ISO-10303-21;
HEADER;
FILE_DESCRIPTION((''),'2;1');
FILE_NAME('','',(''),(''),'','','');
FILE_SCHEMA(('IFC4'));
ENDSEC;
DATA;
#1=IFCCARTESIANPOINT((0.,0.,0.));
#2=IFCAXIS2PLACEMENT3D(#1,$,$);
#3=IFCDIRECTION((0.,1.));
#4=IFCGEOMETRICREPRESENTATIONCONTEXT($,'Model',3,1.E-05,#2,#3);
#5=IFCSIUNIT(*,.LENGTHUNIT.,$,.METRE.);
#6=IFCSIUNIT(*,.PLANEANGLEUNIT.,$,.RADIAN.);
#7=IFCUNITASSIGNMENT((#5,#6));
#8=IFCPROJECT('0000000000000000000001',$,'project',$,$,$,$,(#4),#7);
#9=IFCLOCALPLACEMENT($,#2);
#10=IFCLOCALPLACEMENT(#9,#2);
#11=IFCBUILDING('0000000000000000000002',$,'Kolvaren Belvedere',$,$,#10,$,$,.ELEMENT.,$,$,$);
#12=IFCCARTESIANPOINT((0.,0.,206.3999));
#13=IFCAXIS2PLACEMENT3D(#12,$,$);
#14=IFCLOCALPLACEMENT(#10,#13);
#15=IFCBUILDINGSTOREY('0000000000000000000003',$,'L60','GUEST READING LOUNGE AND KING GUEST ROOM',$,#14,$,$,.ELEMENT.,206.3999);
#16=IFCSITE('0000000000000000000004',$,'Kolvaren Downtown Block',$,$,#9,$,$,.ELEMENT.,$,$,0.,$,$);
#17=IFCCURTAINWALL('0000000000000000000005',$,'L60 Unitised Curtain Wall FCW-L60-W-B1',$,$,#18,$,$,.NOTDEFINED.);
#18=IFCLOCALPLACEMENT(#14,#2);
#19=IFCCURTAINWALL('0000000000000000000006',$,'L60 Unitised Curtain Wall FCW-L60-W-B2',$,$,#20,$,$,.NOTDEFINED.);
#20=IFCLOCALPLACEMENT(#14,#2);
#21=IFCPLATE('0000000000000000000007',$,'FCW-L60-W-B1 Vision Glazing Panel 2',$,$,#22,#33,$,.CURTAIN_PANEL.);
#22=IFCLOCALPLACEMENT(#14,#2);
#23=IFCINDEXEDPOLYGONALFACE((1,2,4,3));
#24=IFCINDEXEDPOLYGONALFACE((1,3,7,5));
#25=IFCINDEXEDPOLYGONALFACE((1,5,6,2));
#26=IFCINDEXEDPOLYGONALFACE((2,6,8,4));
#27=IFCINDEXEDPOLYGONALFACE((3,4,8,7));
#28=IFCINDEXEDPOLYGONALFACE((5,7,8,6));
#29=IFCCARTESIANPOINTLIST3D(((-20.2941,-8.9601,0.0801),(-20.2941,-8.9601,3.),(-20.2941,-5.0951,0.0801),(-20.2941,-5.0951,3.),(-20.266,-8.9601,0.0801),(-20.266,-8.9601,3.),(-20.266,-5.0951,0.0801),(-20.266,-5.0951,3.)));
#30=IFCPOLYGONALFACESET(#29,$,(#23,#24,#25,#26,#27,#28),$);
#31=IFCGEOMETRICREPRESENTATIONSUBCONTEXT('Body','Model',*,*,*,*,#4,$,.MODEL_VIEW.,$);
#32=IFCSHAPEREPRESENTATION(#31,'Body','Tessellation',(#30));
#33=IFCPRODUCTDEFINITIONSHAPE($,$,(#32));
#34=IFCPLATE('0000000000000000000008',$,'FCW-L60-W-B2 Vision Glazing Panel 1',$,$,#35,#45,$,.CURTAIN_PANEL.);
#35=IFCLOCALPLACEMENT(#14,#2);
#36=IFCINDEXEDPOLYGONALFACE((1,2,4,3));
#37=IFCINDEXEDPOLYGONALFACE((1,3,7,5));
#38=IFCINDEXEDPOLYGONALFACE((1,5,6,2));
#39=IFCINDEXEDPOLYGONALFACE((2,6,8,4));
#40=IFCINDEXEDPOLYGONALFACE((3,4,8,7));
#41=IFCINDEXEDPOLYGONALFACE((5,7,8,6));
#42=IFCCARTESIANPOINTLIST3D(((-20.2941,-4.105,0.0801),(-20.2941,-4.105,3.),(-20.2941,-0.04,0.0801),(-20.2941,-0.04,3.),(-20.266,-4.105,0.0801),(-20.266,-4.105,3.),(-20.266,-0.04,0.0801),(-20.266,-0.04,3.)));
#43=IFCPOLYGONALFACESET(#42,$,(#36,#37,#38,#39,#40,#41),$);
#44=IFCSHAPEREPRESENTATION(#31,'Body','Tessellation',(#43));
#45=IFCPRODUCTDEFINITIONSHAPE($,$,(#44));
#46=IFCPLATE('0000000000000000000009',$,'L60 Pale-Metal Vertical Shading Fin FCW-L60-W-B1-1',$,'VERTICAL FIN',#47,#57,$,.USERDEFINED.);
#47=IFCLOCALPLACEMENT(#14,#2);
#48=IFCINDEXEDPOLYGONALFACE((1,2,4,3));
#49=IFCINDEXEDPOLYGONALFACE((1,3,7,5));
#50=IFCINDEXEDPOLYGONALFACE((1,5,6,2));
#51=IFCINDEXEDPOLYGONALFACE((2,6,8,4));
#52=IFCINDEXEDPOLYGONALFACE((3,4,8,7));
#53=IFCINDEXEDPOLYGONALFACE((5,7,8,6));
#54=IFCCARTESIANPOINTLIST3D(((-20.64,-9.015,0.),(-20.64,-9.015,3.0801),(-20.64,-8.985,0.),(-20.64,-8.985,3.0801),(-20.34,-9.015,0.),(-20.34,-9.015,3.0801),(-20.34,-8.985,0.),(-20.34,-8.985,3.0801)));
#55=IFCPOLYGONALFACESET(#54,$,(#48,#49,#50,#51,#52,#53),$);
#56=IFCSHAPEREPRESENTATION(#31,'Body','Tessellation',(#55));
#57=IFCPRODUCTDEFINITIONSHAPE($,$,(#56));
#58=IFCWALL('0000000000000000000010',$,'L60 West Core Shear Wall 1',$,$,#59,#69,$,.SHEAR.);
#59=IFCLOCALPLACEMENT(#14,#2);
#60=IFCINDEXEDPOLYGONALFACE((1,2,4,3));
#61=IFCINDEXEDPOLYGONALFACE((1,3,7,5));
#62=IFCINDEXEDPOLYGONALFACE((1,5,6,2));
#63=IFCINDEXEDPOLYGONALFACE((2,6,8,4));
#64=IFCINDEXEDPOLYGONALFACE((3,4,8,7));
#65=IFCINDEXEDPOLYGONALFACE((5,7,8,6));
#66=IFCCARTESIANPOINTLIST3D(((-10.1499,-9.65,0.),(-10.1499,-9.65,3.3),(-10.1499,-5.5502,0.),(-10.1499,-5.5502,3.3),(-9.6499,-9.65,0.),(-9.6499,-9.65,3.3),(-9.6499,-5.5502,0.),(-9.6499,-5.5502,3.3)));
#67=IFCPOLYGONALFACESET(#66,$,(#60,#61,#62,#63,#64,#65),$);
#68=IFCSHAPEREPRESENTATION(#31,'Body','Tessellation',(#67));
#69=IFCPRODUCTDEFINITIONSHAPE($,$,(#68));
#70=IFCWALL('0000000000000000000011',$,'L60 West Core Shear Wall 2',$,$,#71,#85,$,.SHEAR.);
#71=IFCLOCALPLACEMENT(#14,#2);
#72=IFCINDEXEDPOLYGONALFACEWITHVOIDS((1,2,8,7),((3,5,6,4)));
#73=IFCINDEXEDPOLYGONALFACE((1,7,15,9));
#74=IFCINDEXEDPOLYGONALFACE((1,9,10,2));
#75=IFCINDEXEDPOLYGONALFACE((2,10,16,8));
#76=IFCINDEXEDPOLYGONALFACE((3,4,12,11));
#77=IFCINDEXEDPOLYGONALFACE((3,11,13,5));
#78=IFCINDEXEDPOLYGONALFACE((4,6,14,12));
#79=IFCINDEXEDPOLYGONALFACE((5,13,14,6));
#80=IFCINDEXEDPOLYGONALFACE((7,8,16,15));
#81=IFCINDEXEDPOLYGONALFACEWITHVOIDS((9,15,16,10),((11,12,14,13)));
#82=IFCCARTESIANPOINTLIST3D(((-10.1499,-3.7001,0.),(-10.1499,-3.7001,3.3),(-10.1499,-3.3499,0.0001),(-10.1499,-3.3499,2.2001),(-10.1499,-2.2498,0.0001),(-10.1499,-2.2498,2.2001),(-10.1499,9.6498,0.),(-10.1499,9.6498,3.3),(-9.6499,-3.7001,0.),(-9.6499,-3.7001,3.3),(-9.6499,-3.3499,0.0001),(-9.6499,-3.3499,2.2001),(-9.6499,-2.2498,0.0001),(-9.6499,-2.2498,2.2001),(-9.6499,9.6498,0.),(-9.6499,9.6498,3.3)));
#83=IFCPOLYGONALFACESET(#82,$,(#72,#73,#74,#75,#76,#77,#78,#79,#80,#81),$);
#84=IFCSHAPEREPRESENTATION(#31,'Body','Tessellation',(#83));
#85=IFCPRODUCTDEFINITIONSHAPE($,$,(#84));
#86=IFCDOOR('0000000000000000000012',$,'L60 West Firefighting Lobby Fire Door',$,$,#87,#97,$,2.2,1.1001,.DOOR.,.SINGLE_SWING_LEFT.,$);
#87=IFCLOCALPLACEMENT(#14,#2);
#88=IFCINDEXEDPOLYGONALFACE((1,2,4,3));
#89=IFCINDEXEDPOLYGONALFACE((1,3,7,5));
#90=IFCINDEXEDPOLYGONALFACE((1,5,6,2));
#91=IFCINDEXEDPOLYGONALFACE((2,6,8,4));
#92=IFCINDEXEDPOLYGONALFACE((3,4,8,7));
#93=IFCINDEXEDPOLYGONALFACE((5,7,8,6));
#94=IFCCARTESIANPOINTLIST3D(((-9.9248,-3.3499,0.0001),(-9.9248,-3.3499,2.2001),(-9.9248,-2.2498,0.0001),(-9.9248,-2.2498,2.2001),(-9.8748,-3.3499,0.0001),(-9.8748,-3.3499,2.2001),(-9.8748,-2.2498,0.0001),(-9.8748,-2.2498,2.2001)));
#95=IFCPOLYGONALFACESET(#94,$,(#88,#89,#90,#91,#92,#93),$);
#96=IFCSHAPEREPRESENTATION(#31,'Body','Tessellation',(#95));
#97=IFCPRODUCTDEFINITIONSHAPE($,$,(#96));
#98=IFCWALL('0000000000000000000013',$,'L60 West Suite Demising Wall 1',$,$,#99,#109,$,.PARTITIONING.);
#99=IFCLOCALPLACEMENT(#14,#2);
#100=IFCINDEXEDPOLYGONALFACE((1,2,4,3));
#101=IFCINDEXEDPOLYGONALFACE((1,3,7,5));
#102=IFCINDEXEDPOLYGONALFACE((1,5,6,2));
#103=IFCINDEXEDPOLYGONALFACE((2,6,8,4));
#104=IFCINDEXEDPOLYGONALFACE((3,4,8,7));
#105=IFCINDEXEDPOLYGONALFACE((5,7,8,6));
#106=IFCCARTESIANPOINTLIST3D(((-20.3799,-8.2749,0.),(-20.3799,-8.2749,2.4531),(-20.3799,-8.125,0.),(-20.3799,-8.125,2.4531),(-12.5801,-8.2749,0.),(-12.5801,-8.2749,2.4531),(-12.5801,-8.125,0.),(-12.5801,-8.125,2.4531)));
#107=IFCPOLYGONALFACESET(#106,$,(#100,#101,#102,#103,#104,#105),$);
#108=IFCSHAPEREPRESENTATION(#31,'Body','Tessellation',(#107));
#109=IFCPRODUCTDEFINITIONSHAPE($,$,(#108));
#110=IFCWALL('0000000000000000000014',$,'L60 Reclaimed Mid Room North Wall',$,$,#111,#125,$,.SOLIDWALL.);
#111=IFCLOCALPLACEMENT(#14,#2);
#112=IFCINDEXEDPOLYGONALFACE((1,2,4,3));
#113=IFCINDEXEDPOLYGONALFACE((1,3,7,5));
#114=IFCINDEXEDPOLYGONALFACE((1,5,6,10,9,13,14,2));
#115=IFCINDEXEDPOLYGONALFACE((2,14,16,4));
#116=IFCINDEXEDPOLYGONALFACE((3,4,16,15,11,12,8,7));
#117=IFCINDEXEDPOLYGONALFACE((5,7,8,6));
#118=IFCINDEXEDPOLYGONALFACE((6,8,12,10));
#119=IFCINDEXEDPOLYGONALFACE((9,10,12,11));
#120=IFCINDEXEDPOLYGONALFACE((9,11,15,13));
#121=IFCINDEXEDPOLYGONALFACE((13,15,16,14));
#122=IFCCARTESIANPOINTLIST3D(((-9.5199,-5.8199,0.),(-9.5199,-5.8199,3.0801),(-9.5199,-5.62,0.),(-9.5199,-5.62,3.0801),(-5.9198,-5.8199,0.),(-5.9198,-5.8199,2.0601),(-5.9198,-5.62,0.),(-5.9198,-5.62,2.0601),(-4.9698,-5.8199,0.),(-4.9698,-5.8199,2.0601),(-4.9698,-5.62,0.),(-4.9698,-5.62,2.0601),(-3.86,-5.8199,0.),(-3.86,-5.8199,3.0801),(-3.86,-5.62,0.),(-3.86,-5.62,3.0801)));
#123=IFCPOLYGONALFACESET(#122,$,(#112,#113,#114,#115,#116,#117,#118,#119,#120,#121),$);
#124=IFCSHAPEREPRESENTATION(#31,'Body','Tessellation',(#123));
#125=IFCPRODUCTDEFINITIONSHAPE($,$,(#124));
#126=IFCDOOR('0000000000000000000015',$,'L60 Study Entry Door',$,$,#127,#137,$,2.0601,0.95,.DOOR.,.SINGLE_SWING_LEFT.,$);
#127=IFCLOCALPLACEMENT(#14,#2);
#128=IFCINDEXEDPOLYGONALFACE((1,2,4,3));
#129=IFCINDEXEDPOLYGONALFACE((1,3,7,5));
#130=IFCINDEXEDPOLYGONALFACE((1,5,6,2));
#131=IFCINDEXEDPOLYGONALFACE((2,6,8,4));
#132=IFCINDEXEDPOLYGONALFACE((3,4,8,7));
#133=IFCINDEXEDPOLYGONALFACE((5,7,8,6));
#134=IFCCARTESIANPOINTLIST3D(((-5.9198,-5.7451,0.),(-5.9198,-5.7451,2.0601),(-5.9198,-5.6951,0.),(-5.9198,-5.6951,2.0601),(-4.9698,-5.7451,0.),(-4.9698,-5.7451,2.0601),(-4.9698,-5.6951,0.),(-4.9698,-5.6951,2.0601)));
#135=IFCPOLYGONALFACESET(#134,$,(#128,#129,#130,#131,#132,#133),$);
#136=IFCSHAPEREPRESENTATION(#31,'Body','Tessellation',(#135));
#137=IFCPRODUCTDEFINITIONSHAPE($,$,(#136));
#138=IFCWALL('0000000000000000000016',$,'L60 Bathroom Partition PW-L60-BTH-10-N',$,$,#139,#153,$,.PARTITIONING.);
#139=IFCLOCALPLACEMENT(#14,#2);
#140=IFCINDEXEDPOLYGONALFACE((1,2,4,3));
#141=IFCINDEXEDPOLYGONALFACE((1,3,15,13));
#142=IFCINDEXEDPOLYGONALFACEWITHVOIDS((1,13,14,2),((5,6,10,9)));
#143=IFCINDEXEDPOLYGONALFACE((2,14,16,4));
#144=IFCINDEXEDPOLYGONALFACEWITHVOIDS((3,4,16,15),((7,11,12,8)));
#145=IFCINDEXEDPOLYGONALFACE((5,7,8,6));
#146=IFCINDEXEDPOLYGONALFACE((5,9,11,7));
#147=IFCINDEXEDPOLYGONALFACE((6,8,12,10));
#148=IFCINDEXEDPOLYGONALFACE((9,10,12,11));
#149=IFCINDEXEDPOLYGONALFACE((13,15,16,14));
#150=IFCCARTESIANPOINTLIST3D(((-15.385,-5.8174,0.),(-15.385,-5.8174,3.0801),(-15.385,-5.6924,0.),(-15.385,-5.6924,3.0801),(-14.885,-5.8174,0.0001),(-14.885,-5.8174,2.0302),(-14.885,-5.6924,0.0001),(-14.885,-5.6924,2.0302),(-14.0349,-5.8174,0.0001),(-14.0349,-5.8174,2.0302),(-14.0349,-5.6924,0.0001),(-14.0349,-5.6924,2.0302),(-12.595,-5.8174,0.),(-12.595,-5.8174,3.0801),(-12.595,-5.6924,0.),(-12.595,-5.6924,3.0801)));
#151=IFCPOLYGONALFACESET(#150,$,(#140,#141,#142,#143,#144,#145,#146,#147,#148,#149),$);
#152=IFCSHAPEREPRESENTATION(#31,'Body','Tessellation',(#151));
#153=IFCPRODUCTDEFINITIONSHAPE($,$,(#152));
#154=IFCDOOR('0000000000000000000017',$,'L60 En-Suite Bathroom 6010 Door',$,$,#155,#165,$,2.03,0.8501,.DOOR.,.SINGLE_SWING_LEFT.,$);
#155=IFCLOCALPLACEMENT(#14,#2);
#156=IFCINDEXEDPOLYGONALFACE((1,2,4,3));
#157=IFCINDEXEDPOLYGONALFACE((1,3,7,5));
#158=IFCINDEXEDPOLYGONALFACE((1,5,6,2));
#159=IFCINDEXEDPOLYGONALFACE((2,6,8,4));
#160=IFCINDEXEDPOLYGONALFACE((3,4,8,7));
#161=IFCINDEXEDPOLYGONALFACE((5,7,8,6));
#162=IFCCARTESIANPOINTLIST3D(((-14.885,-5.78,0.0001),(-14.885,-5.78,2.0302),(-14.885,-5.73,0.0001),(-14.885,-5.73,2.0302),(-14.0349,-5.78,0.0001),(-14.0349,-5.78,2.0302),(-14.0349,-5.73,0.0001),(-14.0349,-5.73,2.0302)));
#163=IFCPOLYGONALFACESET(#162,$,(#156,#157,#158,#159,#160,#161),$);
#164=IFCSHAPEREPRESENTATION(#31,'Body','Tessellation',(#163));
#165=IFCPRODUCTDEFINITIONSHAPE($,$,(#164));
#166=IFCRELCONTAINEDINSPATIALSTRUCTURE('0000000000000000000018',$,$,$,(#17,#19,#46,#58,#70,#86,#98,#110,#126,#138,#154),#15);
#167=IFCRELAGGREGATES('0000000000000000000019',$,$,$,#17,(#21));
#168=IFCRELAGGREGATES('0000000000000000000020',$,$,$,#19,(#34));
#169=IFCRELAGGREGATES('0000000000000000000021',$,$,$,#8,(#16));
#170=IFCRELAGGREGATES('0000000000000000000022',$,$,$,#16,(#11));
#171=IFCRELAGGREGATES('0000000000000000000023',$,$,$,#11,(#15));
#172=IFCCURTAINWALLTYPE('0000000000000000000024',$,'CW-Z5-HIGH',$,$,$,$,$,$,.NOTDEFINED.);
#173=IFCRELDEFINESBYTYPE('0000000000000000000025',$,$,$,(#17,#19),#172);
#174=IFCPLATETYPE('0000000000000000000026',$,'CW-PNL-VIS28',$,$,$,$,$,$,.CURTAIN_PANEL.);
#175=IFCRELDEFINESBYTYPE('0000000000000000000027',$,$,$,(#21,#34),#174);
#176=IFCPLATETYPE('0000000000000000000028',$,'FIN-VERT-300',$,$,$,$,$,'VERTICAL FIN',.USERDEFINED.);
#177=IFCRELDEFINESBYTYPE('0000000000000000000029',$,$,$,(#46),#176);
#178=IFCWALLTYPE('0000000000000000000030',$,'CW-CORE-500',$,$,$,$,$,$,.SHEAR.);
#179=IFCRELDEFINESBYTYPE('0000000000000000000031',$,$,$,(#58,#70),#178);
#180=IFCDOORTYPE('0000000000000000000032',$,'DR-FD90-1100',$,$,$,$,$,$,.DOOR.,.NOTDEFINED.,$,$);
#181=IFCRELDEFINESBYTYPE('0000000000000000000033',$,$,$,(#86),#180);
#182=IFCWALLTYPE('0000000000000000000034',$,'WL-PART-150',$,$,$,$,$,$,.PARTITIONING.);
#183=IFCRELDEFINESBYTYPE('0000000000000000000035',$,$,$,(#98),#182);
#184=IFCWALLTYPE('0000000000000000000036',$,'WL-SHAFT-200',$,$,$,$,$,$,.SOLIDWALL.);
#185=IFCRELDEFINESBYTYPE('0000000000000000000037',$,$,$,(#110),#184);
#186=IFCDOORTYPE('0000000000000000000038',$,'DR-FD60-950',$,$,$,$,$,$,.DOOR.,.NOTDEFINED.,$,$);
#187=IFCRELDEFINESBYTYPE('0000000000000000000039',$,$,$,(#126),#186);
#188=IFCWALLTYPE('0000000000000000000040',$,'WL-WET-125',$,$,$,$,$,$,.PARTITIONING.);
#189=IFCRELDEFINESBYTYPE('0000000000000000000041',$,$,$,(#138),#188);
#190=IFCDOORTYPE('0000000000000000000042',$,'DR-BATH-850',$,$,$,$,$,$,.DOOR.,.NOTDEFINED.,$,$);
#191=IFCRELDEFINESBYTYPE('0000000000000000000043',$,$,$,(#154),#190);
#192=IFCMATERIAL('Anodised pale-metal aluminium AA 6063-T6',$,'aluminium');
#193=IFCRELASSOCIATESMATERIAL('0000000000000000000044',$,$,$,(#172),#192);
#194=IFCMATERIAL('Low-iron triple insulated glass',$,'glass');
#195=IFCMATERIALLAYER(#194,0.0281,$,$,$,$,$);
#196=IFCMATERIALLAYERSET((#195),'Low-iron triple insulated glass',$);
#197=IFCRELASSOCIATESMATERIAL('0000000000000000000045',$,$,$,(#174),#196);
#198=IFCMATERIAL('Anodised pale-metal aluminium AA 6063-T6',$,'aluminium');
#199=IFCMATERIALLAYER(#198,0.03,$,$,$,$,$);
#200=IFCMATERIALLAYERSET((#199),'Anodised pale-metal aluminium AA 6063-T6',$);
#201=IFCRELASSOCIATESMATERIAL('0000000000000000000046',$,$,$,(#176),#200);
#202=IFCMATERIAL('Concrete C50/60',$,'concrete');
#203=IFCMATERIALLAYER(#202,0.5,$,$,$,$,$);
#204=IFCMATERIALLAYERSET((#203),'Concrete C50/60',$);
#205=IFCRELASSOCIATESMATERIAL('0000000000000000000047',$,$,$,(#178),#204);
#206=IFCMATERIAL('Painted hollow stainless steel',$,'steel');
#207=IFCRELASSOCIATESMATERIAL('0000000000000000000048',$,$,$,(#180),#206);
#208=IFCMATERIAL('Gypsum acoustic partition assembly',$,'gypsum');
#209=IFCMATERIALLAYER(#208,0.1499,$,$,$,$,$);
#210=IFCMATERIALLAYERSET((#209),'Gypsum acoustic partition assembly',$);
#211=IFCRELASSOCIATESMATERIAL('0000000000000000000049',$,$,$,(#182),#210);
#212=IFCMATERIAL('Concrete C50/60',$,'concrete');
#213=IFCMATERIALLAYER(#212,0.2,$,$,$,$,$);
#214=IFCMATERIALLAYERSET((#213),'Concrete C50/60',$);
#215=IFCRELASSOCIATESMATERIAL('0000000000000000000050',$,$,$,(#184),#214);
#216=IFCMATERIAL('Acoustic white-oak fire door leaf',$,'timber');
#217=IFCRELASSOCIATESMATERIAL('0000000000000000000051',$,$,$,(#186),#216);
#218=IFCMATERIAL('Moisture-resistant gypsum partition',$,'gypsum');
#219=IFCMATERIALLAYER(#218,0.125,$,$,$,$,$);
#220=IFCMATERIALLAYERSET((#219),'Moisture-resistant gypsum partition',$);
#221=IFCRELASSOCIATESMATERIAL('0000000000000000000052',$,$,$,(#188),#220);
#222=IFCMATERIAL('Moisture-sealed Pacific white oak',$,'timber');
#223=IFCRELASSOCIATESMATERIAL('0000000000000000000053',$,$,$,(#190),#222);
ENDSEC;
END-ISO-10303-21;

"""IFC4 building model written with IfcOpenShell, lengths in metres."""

from ifc_helpers import new_model, si_unit, direction, frame, frame_2d, origin, origin_2d, place, context, subcontext, project, spatial, rectangle, extrude, material, layer, layer_set, type_object, element, fill, aggregate, save


model = new_model("IFC4")

# Units and contexts
model_context = context("Model", 3, precision=1e-05, world=origin(), true_north=direction((0.0, 1.0)))
body_context = subcontext(model_context, "Body", "Model", "MODEL_VIEW")
ifc_project = project(units=[si_unit("LENGTHUNIT", "METRE"), si_unit("PLANEANGLEUNIT", "RADIAN")], contexts=[model_context])

# Site, building, storey
site_placement = place(None, origin())
site = spatial("IfcSite", under=ifc_project, at=site_placement, Name="Kolvaren Downtown Block", CompositionType="ELEMENT", RefElevation=0.0)
building_placement = place(site_placement, origin())
building = spatial("IfcBuilding", under=site, at=building_placement, Name="Kolvaren Belvedere", CompositionType="ELEMENT")
storey_placement = place(building_placement, frame((0.0, 0.0, 206.3999)))
storey = spatial("IfcBuildingStorey", under=building, at=storey_placement, Name="L60", Description="GUEST READING LOUNGE AND KING GUEST ROOM", CompositionType="ELEMENT", Elevation=206.3999)

# Curtain walls
ifc_material_1 = material(Name="Anodised pale-metal aluminium AA 6063-T6", Category="aluminium")
curtain_wall_type = type_object("IfcCurtainWallType", Name="CW-Z5-HIGH", PredefinedType="NOTDEFINED", material=ifc_material_1)
curtain_wall_1_placement = place(storey_placement, origin())
curtain_wall_1 = element("IfcCurtainWall", 1, at=curtain_wall_1_placement, inside=storey, type_object=curtain_wall_type, Name="L60 Unitised Curtain Wall FCW-L60-W-B1", PredefinedType="NOTDEFINED")
curtain_wall_2_placement = place(storey_placement, origin())
curtain_wall_2 = element("IfcCurtainWall", 2, at=curtain_wall_2_placement, inside=storey, type_object=curtain_wall_type, Name="L60 Unitised Curtain Wall FCW-L60-W-B2", PredefinedType="NOTDEFINED")

# Plates
ifc_material_2 = material(Name="Low-iron triple insulated glass", Category="glass")
ifc_layer_1 = layer(ifc_material_2, 0.0281)
ifc_layer_set_1 = layer_set([ifc_layer_1], Name="Low-iron triple insulated glass")
plate_type_1 = type_object("IfcPlateType", Name="CW-PNL-VIS28", PredefinedType="CURTAIN_PANEL", material=ifc_layer_set_1)
plate_1_placement = place(storey_placement, frame((-20.28, -7.0276, 0.0801), z_axis=(0.0, 0.0, 1.0), x_axis=(0.0, 1.0, 0.0)))
plate_1 = element("IfcPlate", 3, at=plate_1_placement, type_object=plate_type_1, Name="FCW-L60-W-B1 Vision Glazing Panel 2", PredefinedType="CURTAIN_PANEL", context=body_context, shape_type="SweptSolid", body=[
    extrude(rectangle(XDim=3.865, YDim=0.0281, at=origin_2d()), origin(), (0.0, 0.0, 1.0), 2.9199),
])
aggregate(curtain_wall_1, [plate_1])
plate_2_placement = place(storey_placement, frame((-20.28, -2.0725, 0.0801), z_axis=(0.0, 0.0, 1.0), x_axis=(0.0, 1.0, 0.0)))
plate_2 = element("IfcPlate", 4, at=plate_2_placement, type_object=plate_type_1, Name="FCW-L60-W-B2 Vision Glazing Panel 1", PredefinedType="CURTAIN_PANEL", context=body_context, shape_type="SweptSolid", body=[
    extrude(rectangle(XDim=4.0649, YDim=0.0281, at=origin_2d()), origin(), (0.0, 0.0, 1.0), 2.9199),
])
aggregate(curtain_wall_2, [plate_2])
ifc_material_3 = material(Name="Anodised pale-metal aluminium AA 6063-T6", Category="aluminium")
ifc_layer_2 = layer(ifc_material_3, 0.03)
ifc_layer_set_2 = layer_set([ifc_layer_2], Name="Anodised pale-metal aluminium AA 6063-T6")
plate_type_2 = type_object("IfcPlateType", Name="FIN-VERT-300", ElementType="VERTICAL FIN", PredefinedType="USERDEFINED", material=ifc_layer_set_2)
plate_3_placement = place(storey_placement, frame((-20.49, -9.0, 0.0), z_axis=(0.0, 0.0, 1.0), x_axis=(1.0, 0.0, 0.0)))
element("IfcPlate", 5, at=plate_3_placement, inside=storey, type_object=plate_type_2, Name="L60 Pale-Metal Vertical Shading Fin FCW-L60-W-B1-1", ObjectType="VERTICAL FIN", PredefinedType="USERDEFINED", context=body_context, shape_type="SweptSolid", body=[
    extrude(rectangle(XDim=0.3, YDim=0.03, at=origin_2d()), origin(), (0.0, 0.0, 1.0), 3.0801),
])

# Wall
ifc_material_4 = material(Name="Concrete C50/60", Category="concrete")
ifc_layer_3 = layer(ifc_material_4, 0.5)
ifc_layer_set_3 = layer_set([ifc_layer_3], Name="Concrete C50/60")
wall_type_1 = type_object("IfcWallType", Name="CW-CORE-500", PredefinedType="SHEAR", material=ifc_layer_set_3)
wall_1_placement = place(storey_placement, frame((-9.8999, -9.6499, 0.0), z_axis=(0.0, 0.0, 1.0), x_axis=(0.0, 1.0, 0.0)))
element("IfcWall", 6, at=wall_1_placement, inside=storey, type_object=wall_type_1, Name="L60 West Core Shear Wall 1", PredefinedType="SHEAR", context=body_context, shape_type="SweptSolid", body=[
    extrude(rectangle(XDim=4.0999, YDim=0.5, at=frame_2d((2.0498, 0.0))), origin(), (0.0, 0.0, 1.0), 3.3),
])

# Wall, opening, door
wall_2_placement = place(storey_placement, frame((-9.8999, -3.7, 0.0), z_axis=(0.0, 0.0, 1.0), x_axis=(0.0, 1.0, 0.0)))
wall_2 = element("IfcWall", 7, at=wall_2_placement, inside=storey, type_object=wall_type_1, Name="L60 West Core Shear Wall 2", PredefinedType="SHEAR", context=body_context, shape_type="SweptSolid", body=[
    extrude(rectangle(XDim=13.3499, YDim=0.5, at=frame_2d((6.6748, 0.0))), origin(), (0.0, 0.0, 1.0), 3.3),
])
opening_1_placement = place(wall_2_placement, frame((0.3501, 0.0, 0.0)))
opening_1 = element("IfcOpeningElement", 8, at=opening_1_placement, cuts=wall_2, PredefinedType="OPENING", context=body_context, shape_type="SweptSolid", body=[
    extrude(rectangle(XDim=1.1001, YDim=2.2, at=frame_2d((0.55, 1.1001))), frame((0.0, 0.26, 0.0), z_axis=(0.0, -1.0, 0.0), x_axis=(1.0, 0.0, 0.0)), (0.0, 0.0, 1.0), 0.52),
])
ifc_material_5 = material(Name="Painted hollow stainless steel", Category="steel")
door_type_1 = type_object("IfcDoorType", Name="DR-FD90-1100", OperationType="NOTDEFINED", PredefinedType="DOOR", material=ifc_material_5)
door_1_placement = place(opening_1_placement, origin())
door_1 = element("IfcDoor", 9, at=door_1_placement, inside=storey, type_object=door_type_1, Name="L60 West Firefighting Lobby Fire Door", OperationType="SINGLE_SWING_LEFT", OverallHeight=2.2, OverallWidth=1.1001, PredefinedType="DOOR", context=body_context, shape_type="SweptSolid", body=[
    extrude(rectangle(XDim=1.1001, YDim=2.2, at=frame_2d((0.55, 1.1001))), frame((0.0, 0.0249, 0.0), z_axis=(0.0, -1.0, 0.0), x_axis=(1.0, 0.0, 0.0)), (0.0, 0.0, 1.0), 0.05),
])
fill(opening_1, door_1)

# Wall
ifc_material_6 = material(Name="Gypsum acoustic partition assembly", Category="gypsum")
ifc_layer_4 = layer(ifc_material_6, 0.1499)
ifc_layer_set_4 = layer_set([ifc_layer_4], Name="Gypsum acoustic partition assembly")
wall_type_2 = type_object("IfcWallType", Name="WL-PART-150", PredefinedType="PARTITIONING", material=ifc_layer_set_4)
wall_3_placement = place(storey_placement, frame((-20.3799, -8.2, 0.0), z_axis=(0.0, 0.0, 1.0), x_axis=(1.0, 0.0, 0.0)))
element("IfcWall", 10, at=wall_3_placement, inside=storey, type_object=wall_type_2, Name="L60 West Suite Demising Wall 1", PredefinedType="PARTITIONING", context=body_context, shape_type="SweptSolid", body=[
    extrude(rectangle(XDim=7.7998, YDim=0.1499, at=frame_2d((3.8999, 0.0))), origin(), (0.0, 0.0, 1.0), 2.4531),
])

# Walls, openings, doors
ifc_material_7 = material(Name="Concrete C50/60", Category="concrete")
ifc_layer_5 = layer(ifc_material_7, 0.2)
ifc_layer_set_5 = layer_set([ifc_layer_5], Name="Concrete C50/60")
wall_type_3 = type_object("IfcWallType", Name="WL-SHAFT-200", PredefinedType="SOLIDWALL", material=ifc_layer_set_5)
wall_4_placement = place(storey_placement, frame((-9.52, -5.72, 0.0), z_axis=(0.0, 0.0, 1.0), x_axis=(1.0, 0.0, 0.0)))
wall_4 = element("IfcWall", 11, at=wall_4_placement, inside=storey, type_object=wall_type_3, Name="L60 Reclaimed Mid Room North Wall", PredefinedType="SOLIDWALL", context=body_context, shape_type="SweptSolid", body=[
    extrude(rectangle(XDim=5.6599, YDim=0.2, at=frame_2d((2.8301, 0.0))), origin(), (0.0, 0.0, 1.0), 3.0801),
])
opening_2_placement = place(wall_4_placement, frame((3.6001, 0.0, 0.0)))
opening_2 = element("IfcOpeningElement", 12, at=opening_2_placement, cuts=wall_4, PredefinedType="OPENING", context=body_context, shape_type="SweptSolid", body=[
    extrude(rectangle(XDim=0.95, YDim=2.0601, at=frame_2d((0.4751, 1.03))), frame((0.0, 0.1099, 0.0), z_axis=(0.0, -1.0, 0.0), x_axis=(1.0, 0.0, 0.0)), (0.0, 0.0, 1.0), 0.22),
])
ifc_material_8 = material(Name="Acoustic white-oak fire door leaf", Category="timber")
door_type_2 = type_object("IfcDoorType", Name="DR-FD60-950", OperationType="NOTDEFINED", PredefinedType="DOOR", material=ifc_material_8)
door_2_placement = place(opening_2_placement, origin())
door_2 = element("IfcDoor", 13, at=door_2_placement, inside=storey, type_object=door_type_2, Name="L60 Study Entry Door", OperationType="SINGLE_SWING_LEFT", OverallHeight=2.0601, OverallWidth=0.95, PredefinedType="DOOR", context=body_context, shape_type="SweptSolid", body=[
    extrude(rectangle(XDim=0.95, YDim=2.0601, at=frame_2d((0.4751, 1.03))), frame((0.0, 0.0249, 0.0), z_axis=(0.0, -1.0, 0.0), x_axis=(1.0, 0.0, 0.0)), (0.0, 0.0, 1.0), 0.05),
])
fill(opening_2, door_2)
ifc_material_9 = material(Name="Moisture-resistant gypsum partition", Category="gypsum")
ifc_layer_6 = layer(ifc_material_9, 0.125)
ifc_layer_set_6 = layer_set([ifc_layer_6], Name="Moisture-resistant gypsum partition")
wall_type_4 = type_object("IfcWallType", Name="WL-WET-125", PredefinedType="PARTITIONING", material=ifc_layer_set_6)
wall_5_placement = place(storey_placement, frame((-15.385, -5.7549, 0.0), z_axis=(0.0, 0.0, 1.0), x_axis=(1.0, 0.0, 0.0)))
wall_5 = element("IfcWall", 14, at=wall_5_placement, inside=storey, type_object=wall_type_4, Name="L60 Bathroom Partition PW-L60-BTH-10-N", PredefinedType="PARTITIONING", context=body_context, shape_type="SweptSolid", body=[
    extrude(rectangle(XDim=2.79, YDim=0.125, at=frame_2d((1.395, 0.0))), origin(), (0.0, 0.0, 1.0), 3.0801),
])
opening_3_placement = place(wall_5_placement, frame((0.5, 0.0, 0.0)))
opening_3 = element("IfcOpeningElement", 15, at=opening_3_placement, cuts=wall_5, PredefinedType="OPENING", context=body_context, shape_type="SweptSolid", body=[
    extrude(rectangle(XDim=0.8501, YDim=2.03, at=frame_2d((0.425, 1.0151))), frame((0.0, 0.0725, 0.0), z_axis=(0.0, -1.0, 0.0), x_axis=(1.0, 0.0, 0.0)), (0.0, 0.0, 1.0), 0.145),
])
ifc_material_10 = material(Name="Moisture-sealed Pacific white oak", Category="timber")
door_type_3 = type_object("IfcDoorType", Name="DR-BATH-850", OperationType="NOTDEFINED", PredefinedType="DOOR", material=ifc_material_10)
door_3_placement = place(opening_3_placement, origin())
door_3 = element("IfcDoor", 16, at=door_3_placement, inside=storey, type_object=door_type_3, Name="L60 En-Suite Bathroom 6010 Door", OperationType="SINGLE_SWING_LEFT", OverallHeight=2.03, OverallWidth=0.8501, PredefinedType="DOOR", context=body_context, shape_type="SweptSolid", body=[
    extrude(rectangle(XDim=0.8501, YDim=2.03, at=frame_2d((0.425, 1.0151))), frame((0.0, 0.0249, 0.0), z_axis=(0.0, -1.0, 0.0), x_axis=(1.0, 0.0, 0.0)), (0.0, 0.0, 1.0), 0.05),
])
fill(opening_3, door_3)

save(model, "model.ifc")
